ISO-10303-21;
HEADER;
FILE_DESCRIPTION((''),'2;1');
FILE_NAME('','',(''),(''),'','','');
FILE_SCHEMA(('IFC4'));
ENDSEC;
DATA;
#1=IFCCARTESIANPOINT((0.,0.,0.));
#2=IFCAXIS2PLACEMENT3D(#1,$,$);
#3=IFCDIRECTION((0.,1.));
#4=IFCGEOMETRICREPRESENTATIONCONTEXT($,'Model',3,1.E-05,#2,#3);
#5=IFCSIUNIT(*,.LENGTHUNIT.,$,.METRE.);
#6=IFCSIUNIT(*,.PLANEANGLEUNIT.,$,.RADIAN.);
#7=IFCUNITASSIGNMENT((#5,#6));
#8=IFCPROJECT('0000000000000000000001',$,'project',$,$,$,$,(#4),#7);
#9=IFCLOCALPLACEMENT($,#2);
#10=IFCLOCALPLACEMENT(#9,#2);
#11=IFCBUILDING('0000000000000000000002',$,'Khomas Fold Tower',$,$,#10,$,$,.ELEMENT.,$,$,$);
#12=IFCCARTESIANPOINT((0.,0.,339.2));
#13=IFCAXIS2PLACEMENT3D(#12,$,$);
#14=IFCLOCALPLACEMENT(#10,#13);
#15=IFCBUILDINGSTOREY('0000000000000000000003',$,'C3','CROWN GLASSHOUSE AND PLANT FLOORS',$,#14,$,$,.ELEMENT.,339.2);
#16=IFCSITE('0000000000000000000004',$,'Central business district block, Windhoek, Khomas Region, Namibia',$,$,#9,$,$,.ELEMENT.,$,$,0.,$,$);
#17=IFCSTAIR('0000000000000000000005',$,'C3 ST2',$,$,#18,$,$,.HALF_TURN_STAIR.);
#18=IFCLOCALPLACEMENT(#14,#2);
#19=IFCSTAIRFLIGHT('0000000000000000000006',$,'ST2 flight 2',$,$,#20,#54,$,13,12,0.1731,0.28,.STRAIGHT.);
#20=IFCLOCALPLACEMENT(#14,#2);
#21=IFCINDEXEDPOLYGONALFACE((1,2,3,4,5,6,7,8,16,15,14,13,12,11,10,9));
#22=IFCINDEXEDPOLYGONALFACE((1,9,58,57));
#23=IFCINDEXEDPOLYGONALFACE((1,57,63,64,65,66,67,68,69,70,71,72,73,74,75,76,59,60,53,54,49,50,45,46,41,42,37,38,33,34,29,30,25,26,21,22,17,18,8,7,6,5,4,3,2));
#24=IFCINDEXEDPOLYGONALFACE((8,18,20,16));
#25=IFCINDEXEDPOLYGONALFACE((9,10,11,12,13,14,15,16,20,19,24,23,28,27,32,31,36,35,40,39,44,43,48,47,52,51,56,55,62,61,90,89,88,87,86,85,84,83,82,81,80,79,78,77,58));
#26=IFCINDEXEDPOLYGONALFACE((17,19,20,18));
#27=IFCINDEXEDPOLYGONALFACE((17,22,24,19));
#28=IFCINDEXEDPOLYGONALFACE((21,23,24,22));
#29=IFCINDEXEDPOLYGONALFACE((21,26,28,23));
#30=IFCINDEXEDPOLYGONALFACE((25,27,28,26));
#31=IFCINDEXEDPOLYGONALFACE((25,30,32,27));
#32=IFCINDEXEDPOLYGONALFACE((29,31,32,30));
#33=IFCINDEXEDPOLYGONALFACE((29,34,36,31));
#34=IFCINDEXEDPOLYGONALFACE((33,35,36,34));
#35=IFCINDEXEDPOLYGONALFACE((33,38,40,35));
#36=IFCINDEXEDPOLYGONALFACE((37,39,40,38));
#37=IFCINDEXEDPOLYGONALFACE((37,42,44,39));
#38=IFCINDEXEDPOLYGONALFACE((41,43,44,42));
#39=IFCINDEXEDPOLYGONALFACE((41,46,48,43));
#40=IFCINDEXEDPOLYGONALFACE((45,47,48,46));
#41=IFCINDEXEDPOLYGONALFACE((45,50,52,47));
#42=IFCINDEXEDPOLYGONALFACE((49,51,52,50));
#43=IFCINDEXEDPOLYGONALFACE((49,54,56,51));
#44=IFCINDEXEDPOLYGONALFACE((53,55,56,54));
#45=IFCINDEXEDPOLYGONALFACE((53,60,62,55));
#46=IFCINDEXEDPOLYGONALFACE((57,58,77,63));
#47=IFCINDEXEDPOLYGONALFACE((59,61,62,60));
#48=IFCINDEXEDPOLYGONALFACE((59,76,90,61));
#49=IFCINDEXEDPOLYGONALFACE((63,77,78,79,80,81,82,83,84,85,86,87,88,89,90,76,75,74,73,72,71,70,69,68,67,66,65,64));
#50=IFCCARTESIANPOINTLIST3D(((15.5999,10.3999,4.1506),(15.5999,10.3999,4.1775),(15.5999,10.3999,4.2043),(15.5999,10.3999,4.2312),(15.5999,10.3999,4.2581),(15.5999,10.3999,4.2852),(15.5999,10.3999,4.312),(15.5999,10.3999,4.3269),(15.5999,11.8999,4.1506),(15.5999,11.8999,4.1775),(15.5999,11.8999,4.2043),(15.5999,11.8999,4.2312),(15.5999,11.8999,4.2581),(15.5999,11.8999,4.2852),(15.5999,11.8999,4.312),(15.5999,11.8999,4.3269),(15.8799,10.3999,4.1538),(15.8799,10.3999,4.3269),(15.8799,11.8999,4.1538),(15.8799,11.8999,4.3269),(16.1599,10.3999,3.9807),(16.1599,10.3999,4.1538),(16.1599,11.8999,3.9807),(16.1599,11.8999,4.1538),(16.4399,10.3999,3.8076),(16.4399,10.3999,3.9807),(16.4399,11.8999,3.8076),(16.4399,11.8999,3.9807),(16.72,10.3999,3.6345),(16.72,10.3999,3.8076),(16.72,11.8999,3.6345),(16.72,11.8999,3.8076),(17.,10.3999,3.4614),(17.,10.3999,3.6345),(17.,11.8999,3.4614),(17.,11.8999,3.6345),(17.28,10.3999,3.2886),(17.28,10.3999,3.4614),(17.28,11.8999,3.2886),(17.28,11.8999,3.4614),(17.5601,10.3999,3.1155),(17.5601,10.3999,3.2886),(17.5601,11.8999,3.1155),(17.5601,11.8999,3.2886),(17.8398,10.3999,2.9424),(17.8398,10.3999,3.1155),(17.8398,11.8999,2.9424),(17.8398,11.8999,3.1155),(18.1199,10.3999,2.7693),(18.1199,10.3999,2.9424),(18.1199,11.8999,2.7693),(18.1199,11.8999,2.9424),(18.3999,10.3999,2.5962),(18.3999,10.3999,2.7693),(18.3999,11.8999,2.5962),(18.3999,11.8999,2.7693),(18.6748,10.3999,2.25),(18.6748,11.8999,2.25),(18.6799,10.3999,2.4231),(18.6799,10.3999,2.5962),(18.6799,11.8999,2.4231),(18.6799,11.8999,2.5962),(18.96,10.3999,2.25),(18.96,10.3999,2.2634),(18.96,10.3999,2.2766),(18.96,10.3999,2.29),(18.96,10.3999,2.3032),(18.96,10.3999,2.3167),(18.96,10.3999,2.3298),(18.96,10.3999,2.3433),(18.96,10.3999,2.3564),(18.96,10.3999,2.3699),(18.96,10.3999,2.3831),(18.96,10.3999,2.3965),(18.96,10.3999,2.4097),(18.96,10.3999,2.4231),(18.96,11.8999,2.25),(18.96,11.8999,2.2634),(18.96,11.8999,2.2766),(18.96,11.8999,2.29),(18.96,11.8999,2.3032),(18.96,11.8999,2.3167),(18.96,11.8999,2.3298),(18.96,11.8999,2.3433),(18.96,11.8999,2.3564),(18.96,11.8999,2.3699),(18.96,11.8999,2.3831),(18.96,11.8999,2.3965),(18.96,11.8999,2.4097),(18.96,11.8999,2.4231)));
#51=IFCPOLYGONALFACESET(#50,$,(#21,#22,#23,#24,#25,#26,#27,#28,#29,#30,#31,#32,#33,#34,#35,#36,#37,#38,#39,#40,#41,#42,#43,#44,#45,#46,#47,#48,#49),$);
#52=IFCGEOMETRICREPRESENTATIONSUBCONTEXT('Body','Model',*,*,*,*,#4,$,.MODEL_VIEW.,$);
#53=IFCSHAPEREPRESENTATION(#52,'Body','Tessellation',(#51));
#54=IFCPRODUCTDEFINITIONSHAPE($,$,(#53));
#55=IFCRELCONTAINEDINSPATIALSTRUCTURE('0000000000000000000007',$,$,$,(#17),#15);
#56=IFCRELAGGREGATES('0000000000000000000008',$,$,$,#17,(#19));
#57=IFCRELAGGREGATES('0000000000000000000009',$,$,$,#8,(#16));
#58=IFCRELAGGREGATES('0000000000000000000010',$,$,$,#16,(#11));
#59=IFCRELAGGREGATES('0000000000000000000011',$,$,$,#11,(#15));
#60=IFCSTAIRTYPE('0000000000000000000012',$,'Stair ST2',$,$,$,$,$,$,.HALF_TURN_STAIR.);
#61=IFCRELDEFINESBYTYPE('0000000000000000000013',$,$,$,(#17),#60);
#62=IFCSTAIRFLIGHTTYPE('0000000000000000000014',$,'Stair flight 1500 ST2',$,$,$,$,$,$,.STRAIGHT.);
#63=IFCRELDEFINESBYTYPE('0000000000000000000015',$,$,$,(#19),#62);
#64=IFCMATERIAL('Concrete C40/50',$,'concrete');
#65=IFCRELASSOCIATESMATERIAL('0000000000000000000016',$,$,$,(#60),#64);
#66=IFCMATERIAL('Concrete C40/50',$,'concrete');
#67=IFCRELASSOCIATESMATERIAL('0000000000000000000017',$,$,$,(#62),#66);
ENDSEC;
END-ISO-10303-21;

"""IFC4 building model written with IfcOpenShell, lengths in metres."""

from ifc_helpers import new_model, si_unit, direction, frame, origin, place, context, subcontext, project, spatial, polyline, outline, extrude, source, transform, mapped, material, type_object, element, aggregate, save


model = new_model("IFC4")

# Units and contexts
model_context = context("Model", 3, precision=1e-05, world=origin(), true_north=direction((0.0, 1.0)))
body_context = subcontext(model_context, "Body", "Model", "MODEL_VIEW")
ifc_project = project(units=[si_unit("LENGTHUNIT", "METRE"), si_unit("PLANEANGLEUNIT", "RADIAN")], contexts=[model_context])

# Site, building, storey
site_placement = place(None, origin())
site = spatial("IfcSite", under=ifc_project, at=site_placement, Name="Central business district block, Windhoek, Khomas Region, Namibia", CompositionType="ELEMENT", RefElevation=0.0)
building_placement = place(site_placement, origin())
building = spatial("IfcBuilding", under=site, at=building_placement, Name="Khomas Fold Tower", CompositionType="ELEMENT")
storey_placement = place(building_placement, frame((0.0, 0.0, 339.2)))
storey = spatial("IfcBuildingStorey", under=building, at=storey_placement, Name="C3", Description="CROWN GLASSHOUSE AND PLANT FLOORS", CompositionType="ELEMENT", Elevation=339.2)

# Stair, stair flight
ifc_material_1 = material(Name="Concrete C40/50", Category="concrete")
stair_type = type_object("IfcStairType", Name="Stair ST2", PredefinedType="HALF_TURN_STAIR", material=ifc_material_1)
stair_placement = place(storey_placement, origin())
stair = element("IfcStair", 1, at=stair_placement, inside=storey, type_object=stair_type, Name="C3 ST2", PredefinedType="HALF_TURN_STAIR")
ifc_material_2 = material(Name="Concrete C40/50", Category="concrete")
stair_flight_type = type_object("IfcStairFlightType", Name="Stair flight 1500 ST2", PredefinedType="STRAIGHT", material=ifc_material_2)
shared_shape_1 = source(origin(), body_context, "Body", "SweptSolid", [
    extrude(outline(polyline([(0.0, 0.0), (0.0, 0.0134), (0.0, 0.0266), (0.0, 0.04), (0.0, 0.0532), (0.0, 0.0667), (0.0, 0.0798), (0.0, 0.0933), (0.0, 0.1064), (0.0, 0.1199), (0.0, 0.1331), (0.0, 0.1465), (0.0, 0.1597), (0.0, 0.1731), (0.28, 0.1731), (0.28, 0.3462), (0.5601, 0.3462), (0.5601, 0.5193), (0.8401, 0.5193), (0.8401, 0.6924), (1.1201, 0.6924), (1.1201, 0.8655), (1.3999, 0.8655), (1.3999, 1.0386), (1.6799, 1.0386), (1.6799, 1.2114), (1.96, 1.2114), (1.96, 1.3845), (2.24, 1.3845), (2.24, 1.5576), (2.52, 1.5576), (2.52, 1.7307), (2.8, 1.7307), (2.8, 1.9038), (3.0801, 1.9038), (3.0801, 2.0769), (3.3601, 2.0769), (3.3601, 2.25), (3.3601, 2.2231), (3.3601, 2.1963), (3.3601, 2.1694), (3.3601, 2.1426), (3.3601, 2.1157), (3.3601, 2.0889), (3.3601, 2.062), (3.3601, 2.0352), (3.3601, 2.0081), (3.3601, 1.9812), (3.3601, 1.9543), (3.3601, 1.9275), (3.3601, 1.9006), (0.2852, 0.0), (0.0, 0.0)])), frame((0.0, 0.75, 0.0), z_axis=(0.0, -1.0, 0.0), x_axis=(1.0, 0.0, 0.0)), (0.0, 0.0, 1.0), 1.5),
])
stair_flight_1_placement = place(storey_placement, frame((18.96, 11.1499, 2.25), z_axis=(0.0, 0.0, 1.0), x_axis=(-1.0, 0.0, 0.0)))
stair_flight_1 = element("IfcStairFlight", 2, at=stair_flight_1_placement, type_object=stair_flight_type, Name="ST2 flight 2", NumberOfRisers=13, NumberOfTreads=12, PredefinedType="STRAIGHT", RiserHeight=0.1731, TreadLength=0.28, context=body_context, shape_type="MappedRepresentation", body=[
    mapped(shared_shape_1, transform((0.0, 0.0, 0.0))),
])
aggregate(stair, [stair_flight_1])

save(model, "model.ifc")
